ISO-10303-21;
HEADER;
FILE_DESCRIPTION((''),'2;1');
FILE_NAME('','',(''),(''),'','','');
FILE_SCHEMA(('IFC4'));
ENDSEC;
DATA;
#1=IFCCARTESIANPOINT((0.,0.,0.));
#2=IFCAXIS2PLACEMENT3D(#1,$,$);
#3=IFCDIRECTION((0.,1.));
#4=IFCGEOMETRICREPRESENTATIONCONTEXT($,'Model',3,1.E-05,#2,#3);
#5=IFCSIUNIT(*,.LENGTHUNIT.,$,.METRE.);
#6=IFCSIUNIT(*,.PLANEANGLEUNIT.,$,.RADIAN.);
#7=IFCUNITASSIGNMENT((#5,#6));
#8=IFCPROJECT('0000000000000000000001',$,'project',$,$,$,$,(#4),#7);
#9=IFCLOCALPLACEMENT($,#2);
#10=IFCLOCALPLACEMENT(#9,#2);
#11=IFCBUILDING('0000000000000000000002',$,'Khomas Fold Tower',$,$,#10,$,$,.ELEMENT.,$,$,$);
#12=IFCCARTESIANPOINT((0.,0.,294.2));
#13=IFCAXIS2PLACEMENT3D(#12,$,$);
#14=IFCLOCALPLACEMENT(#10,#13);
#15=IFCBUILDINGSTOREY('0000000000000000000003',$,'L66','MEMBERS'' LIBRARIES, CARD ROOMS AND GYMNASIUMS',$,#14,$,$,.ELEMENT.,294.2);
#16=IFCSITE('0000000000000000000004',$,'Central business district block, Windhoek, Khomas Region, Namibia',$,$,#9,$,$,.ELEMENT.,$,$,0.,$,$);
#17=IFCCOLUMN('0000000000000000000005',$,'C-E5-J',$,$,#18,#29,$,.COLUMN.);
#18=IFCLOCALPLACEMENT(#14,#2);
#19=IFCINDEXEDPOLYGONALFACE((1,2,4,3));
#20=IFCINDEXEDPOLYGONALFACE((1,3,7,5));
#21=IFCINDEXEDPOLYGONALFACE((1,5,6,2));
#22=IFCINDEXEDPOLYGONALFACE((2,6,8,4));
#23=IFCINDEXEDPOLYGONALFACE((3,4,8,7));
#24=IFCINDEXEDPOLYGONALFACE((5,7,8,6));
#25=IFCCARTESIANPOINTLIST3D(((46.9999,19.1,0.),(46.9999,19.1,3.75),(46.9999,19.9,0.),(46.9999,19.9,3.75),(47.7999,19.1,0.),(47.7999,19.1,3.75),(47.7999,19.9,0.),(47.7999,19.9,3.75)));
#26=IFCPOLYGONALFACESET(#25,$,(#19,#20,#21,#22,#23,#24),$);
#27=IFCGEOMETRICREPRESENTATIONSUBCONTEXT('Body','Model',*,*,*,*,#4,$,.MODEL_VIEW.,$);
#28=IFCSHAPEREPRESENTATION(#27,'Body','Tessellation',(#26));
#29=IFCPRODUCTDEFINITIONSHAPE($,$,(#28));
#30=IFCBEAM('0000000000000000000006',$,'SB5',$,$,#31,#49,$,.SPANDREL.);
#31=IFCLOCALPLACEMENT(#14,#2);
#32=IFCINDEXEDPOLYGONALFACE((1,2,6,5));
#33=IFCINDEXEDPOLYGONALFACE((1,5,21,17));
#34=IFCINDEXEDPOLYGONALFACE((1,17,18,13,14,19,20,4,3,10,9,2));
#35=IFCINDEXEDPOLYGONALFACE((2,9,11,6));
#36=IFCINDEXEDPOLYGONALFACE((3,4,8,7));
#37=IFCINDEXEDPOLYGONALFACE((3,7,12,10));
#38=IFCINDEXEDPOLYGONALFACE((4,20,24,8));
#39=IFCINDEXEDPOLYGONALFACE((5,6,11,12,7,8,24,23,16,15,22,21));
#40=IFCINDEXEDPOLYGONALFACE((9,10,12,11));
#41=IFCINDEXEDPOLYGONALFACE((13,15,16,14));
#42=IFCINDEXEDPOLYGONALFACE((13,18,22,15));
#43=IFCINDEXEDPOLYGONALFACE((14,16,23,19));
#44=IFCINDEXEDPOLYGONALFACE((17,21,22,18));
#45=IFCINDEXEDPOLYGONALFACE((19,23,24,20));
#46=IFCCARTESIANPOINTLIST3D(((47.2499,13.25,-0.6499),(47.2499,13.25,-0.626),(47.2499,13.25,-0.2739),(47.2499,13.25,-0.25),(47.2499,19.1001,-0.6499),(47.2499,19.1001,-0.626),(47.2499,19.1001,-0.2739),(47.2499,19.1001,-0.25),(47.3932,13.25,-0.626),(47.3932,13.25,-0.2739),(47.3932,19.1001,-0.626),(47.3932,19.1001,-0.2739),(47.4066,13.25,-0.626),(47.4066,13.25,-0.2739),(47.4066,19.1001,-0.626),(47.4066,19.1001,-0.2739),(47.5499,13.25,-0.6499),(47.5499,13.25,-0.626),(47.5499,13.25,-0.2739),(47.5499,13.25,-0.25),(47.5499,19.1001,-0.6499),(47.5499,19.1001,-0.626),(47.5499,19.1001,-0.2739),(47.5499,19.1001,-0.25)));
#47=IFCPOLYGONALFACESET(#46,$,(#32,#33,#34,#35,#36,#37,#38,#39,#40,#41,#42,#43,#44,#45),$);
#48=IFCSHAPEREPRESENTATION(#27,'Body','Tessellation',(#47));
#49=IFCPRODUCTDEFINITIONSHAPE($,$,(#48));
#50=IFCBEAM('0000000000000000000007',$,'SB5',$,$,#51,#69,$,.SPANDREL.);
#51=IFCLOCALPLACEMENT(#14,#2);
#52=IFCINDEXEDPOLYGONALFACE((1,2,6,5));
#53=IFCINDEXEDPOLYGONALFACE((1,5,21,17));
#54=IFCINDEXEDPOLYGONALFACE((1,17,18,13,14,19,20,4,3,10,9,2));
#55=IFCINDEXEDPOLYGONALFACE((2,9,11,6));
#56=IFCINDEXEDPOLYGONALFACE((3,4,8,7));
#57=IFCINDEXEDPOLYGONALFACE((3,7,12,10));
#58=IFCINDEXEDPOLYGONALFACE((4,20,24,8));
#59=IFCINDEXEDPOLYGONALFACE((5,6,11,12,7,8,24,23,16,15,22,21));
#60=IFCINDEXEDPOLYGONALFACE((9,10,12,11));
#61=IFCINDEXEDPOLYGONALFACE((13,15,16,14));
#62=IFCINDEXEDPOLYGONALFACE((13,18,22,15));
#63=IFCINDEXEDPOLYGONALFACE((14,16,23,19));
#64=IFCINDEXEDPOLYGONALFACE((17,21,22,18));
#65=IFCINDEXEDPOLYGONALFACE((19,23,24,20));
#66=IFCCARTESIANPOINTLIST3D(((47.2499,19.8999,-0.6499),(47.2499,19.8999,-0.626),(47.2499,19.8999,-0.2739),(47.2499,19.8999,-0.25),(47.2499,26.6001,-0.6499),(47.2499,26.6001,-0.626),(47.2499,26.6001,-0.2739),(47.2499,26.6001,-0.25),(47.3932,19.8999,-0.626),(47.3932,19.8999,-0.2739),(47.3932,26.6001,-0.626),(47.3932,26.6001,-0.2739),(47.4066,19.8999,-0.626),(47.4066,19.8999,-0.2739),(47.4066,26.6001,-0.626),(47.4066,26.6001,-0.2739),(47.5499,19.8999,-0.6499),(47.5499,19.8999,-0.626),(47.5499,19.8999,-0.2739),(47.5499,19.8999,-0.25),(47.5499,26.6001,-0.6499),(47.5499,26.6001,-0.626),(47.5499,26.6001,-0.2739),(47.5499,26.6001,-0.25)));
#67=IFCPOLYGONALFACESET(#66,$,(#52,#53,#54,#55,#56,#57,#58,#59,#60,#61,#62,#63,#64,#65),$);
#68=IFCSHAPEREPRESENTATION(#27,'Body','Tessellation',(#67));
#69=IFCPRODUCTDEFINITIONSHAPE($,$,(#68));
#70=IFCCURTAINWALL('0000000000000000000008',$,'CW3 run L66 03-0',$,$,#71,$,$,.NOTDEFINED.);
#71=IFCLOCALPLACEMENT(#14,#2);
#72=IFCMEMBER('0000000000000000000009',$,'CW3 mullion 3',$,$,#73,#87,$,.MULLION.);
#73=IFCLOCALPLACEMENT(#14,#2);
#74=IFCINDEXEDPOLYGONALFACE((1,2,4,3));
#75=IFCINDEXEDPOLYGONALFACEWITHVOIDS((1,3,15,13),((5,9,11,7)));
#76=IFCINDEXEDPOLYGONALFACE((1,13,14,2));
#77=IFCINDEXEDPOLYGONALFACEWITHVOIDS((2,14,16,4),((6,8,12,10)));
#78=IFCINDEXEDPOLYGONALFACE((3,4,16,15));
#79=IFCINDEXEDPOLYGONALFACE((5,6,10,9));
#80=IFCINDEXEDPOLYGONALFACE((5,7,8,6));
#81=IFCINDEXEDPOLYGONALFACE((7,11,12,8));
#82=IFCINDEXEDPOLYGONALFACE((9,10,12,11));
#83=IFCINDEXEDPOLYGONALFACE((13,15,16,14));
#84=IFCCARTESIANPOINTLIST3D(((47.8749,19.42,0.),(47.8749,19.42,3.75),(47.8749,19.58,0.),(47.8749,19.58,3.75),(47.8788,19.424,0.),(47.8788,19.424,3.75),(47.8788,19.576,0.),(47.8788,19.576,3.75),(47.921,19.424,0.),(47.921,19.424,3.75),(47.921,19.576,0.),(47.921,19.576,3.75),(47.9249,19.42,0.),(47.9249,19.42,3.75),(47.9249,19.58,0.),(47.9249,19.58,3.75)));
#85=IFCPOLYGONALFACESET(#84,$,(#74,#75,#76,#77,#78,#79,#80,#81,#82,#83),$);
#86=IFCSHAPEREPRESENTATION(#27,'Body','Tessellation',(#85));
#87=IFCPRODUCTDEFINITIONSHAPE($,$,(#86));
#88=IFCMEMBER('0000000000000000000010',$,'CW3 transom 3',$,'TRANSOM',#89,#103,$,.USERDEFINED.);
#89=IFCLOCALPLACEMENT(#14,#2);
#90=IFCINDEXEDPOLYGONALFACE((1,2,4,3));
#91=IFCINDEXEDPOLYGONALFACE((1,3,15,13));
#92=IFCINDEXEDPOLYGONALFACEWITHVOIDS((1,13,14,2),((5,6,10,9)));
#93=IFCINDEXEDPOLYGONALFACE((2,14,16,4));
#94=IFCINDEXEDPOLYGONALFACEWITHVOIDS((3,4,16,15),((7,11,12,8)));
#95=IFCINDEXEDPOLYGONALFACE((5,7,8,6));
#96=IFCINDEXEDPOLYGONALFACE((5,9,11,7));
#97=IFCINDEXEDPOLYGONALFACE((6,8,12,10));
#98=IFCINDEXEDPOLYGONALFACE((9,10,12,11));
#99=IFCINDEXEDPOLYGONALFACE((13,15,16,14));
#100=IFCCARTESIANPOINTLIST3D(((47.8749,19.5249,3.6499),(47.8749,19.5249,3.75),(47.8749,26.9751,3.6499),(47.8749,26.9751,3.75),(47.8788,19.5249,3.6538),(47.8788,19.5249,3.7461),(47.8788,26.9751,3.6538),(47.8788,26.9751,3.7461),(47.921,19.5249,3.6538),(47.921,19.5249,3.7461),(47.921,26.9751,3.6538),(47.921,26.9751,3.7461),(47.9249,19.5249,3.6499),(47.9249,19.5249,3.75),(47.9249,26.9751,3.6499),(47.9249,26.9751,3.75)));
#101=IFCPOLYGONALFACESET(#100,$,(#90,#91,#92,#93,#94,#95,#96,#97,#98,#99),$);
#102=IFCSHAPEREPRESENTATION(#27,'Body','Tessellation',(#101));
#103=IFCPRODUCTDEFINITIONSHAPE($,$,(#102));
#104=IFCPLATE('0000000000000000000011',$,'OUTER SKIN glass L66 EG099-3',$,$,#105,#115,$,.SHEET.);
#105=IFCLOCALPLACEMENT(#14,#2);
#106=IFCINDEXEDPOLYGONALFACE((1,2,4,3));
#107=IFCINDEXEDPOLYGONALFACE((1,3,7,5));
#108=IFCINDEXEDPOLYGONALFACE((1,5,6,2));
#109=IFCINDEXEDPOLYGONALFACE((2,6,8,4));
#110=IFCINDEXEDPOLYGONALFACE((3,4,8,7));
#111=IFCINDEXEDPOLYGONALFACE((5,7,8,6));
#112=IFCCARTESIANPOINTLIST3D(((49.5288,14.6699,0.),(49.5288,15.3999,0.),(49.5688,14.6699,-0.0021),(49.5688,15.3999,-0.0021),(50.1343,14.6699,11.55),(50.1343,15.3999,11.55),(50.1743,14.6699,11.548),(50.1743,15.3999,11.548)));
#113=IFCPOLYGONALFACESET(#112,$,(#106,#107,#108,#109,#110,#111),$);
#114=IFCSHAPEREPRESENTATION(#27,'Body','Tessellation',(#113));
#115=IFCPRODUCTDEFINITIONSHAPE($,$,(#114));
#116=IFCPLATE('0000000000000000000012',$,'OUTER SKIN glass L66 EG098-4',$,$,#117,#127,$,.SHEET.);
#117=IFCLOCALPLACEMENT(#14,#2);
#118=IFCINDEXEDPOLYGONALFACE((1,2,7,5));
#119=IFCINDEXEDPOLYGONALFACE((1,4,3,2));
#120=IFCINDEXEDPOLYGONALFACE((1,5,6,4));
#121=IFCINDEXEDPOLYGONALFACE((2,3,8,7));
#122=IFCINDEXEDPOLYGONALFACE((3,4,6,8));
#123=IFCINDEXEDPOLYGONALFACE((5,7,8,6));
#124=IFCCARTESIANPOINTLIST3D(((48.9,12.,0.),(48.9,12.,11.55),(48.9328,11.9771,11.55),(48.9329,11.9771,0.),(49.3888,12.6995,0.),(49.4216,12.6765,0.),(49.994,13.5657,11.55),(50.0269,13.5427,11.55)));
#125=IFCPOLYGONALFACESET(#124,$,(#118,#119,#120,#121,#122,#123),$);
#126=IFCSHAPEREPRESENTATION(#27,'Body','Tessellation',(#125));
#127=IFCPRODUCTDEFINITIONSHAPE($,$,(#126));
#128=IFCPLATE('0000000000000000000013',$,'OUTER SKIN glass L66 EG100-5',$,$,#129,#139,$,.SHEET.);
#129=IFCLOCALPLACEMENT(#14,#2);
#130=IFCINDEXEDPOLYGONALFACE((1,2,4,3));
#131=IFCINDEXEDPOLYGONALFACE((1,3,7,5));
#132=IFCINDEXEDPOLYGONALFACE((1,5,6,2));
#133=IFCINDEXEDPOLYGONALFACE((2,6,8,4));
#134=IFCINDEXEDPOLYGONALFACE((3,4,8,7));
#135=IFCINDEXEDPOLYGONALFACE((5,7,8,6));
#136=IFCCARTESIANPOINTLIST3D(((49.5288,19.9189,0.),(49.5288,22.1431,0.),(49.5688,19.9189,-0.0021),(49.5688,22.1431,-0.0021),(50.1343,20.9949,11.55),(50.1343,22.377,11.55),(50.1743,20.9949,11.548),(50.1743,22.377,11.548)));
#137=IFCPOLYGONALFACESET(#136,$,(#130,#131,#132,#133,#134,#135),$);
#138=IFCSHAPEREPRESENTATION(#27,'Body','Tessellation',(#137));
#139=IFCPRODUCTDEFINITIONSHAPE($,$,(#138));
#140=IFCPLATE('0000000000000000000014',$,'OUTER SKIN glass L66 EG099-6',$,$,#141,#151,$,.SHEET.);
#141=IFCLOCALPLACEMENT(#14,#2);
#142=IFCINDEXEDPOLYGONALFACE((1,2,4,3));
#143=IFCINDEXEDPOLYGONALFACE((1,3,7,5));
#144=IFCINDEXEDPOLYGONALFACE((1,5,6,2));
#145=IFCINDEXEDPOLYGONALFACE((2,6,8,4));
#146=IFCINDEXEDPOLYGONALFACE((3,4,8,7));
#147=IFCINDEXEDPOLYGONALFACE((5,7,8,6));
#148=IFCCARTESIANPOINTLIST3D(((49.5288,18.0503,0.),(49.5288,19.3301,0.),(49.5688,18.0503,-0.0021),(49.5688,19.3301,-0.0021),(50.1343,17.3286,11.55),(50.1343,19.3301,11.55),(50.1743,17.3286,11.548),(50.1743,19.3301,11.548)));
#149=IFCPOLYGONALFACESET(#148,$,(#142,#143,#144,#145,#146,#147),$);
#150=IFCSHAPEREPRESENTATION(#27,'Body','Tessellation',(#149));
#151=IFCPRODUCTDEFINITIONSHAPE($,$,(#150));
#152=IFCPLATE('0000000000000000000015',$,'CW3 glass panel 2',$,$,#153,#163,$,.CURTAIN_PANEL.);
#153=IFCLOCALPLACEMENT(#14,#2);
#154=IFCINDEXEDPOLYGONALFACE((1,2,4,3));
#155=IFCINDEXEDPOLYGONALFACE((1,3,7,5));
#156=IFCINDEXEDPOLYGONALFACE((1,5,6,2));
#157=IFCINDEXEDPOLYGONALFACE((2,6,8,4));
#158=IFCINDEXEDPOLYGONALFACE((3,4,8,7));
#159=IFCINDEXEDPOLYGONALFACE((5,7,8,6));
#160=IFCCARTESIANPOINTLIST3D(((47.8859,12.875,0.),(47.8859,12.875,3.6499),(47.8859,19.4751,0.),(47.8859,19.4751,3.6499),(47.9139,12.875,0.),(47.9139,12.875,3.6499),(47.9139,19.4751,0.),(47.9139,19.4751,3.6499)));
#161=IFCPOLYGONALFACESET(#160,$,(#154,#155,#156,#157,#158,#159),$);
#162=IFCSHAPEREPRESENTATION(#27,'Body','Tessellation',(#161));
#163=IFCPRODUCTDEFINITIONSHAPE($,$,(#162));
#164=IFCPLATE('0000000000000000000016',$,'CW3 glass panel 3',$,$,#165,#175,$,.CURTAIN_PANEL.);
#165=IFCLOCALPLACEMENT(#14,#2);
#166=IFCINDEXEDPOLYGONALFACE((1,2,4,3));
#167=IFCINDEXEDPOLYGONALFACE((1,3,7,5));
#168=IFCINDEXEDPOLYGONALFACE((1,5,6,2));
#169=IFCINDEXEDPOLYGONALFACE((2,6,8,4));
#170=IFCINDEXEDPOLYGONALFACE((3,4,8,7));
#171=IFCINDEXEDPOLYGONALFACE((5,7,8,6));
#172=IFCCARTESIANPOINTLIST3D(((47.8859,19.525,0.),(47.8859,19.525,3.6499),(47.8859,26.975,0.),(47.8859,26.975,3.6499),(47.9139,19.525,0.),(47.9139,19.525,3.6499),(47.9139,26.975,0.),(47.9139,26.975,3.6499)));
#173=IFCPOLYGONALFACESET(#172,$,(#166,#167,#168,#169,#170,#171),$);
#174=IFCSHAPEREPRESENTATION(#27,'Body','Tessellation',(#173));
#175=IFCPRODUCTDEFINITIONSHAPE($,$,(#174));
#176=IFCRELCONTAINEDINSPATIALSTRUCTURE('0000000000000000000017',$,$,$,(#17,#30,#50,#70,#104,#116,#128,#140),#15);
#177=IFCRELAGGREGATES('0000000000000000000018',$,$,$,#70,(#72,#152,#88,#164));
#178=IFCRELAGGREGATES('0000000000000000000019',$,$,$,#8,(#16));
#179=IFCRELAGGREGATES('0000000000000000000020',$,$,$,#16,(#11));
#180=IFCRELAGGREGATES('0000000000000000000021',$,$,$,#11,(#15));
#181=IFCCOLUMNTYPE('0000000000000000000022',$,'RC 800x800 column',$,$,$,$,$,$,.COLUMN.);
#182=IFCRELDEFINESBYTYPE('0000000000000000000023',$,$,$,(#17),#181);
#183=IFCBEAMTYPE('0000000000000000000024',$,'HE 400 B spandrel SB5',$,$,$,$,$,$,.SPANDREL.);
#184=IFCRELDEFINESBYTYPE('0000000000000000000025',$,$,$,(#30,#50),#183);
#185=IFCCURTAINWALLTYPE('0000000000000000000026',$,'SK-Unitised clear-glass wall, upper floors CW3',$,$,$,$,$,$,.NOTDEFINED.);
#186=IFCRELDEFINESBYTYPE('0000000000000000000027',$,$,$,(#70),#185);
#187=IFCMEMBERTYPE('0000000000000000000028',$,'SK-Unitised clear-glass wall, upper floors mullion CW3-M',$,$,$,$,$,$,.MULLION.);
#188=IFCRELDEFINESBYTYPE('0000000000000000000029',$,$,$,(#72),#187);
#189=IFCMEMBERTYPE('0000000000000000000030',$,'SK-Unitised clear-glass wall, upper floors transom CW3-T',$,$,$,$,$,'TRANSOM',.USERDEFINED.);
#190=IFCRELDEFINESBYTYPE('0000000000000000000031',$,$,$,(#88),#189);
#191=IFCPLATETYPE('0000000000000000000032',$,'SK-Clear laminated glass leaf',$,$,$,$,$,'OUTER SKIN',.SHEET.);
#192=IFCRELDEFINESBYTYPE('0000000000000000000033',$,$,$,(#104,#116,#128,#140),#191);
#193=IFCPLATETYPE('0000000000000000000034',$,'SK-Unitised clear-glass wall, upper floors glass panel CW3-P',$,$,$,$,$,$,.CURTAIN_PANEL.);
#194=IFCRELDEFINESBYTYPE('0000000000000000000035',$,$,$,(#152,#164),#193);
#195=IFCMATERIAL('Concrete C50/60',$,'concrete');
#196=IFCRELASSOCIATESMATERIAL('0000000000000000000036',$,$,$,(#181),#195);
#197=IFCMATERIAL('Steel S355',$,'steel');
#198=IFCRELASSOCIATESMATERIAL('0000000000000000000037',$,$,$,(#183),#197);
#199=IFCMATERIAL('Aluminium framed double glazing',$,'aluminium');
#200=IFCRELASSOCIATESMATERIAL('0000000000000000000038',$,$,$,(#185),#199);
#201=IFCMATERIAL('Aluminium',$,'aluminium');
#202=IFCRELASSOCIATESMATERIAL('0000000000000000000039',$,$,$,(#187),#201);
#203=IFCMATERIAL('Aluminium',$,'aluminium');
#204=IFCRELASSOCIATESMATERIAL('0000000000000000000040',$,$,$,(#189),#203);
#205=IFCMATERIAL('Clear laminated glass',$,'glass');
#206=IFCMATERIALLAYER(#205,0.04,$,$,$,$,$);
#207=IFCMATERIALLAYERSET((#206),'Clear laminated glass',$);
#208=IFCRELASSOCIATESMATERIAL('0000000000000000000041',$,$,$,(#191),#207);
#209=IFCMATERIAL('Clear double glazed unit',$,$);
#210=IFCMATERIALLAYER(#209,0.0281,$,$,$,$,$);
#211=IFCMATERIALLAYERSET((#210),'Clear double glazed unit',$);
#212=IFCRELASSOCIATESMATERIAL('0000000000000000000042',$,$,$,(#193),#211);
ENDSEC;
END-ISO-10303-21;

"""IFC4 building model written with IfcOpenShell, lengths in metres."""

from ifc_helpers import new_model, si_unit, direction, frame, origin, origin_2d, place, context, subcontext, project, spatial, polyline, rectangle, hollow_rectangle, i_section, outline, extrude, source, transform, mapped, material, layer, layer_set, material_profile, profile_set, type_object, element, aggregate, save


model = new_model("IFC4")

# Units and contexts
model_context = context("Model", 3, precision=1e-05, world=origin(), true_north=direction((0.0, 1.0)))
body_context = subcontext(model_context, "Body", "Model", "MODEL_VIEW")
ifc_project = project(units=[si_unit("LENGTHUNIT", "METRE"), si_unit("PLANEANGLEUNIT", "RADIAN")], contexts=[model_context])

# Site, building, storey
site_placement = place(None, origin())
site = spatial("IfcSite", under=ifc_project, at=site_placement, Name="Central business district block, Windhoek, Khomas Region, Namibia", CompositionType="ELEMENT", RefElevation=0.0)
building_placement = place(site_placement, origin())
building = spatial("IfcBuilding", under=site, at=building_placement, Name="Khomas Fold Tower", CompositionType="ELEMENT")
storey_placement = place(building_placement, frame((0.0, 0.0, 294.2)))
storey = spatial("IfcBuildingStorey", under=building, at=storey_placement, Name="L66", Description="MEMBERS' LIBRARIES, CARD ROOMS AND GYMNASIUMS", CompositionType="ELEMENT", Elevation=294.2)

# Column
ifc_material_1 = material(Name="Concrete C50/60", Category="concrete")
ifc_material_profile_1 = material_profile(ifc_material_1, rectangle(XDim=0.8, YDim=0.8, at=origin_2d()), Name="RC 800x800")
ifc_profile_set_1 = profile_set([ifc_material_profile_1], Name="Concrete C50/60")
column_type = type_object("IfcColumnType", Name="RC 800x800 column", PredefinedType="COLUMN", material=ifc_profile_set_1)
shared_shape_1 = source(origin(), body_context, "Body", "SweptSolid", [
    extrude(rectangle(XDim=0.8, YDim=0.8, at=origin_2d()), origin(), (0.0, 0.0, 1.0), 3.75),
])
column_placement = place(storey_placement, frame((47.3999, 19.5, 0.0), z_axis=(0.0, 0.0, 1.0), x_axis=(1.0, 0.0, 0.0)))
element("IfcColumn", 1, at=column_placement, inside=storey, type_object=column_type, Name="C-E5-J", PredefinedType="COLUMN", context=body_context, shape_type="MappedRepresentation", body=[
    mapped(shared_shape_1, transform((0.0, 0.0, 0.0))),
])

# Beams
ifc_material_2 = material(Name="Steel S355", Category="steel")
ifc_material_profile_2 = material_profile(ifc_material_2, i_section(OverallWidth=0.3, OverallDepth=0.3999, WebThickness=0.0134, FlangeThickness=0.0239, at=origin_2d()), Name="HE 400 B")
ifc_profile_set_2 = profile_set([ifc_material_profile_2], Name="Steel S355")
beam_type = type_object("IfcBeamType", Name="HE 400 B spandrel SB5", PredefinedType="SPANDREL", material=ifc_profile_set_2)
shared_shape_2 = source(origin(), body_context, "Body", "SweptSolid", [
    extrude(i_section(OverallWidth=0.3, OverallDepth=0.3999, WebThickness=0.0134, FlangeThickness=0.0239, at=origin_2d()), origin(), (0.0, 0.0, 1.0), 5.8501),
])
beam_1_placement = place(storey_placement, frame((47.3999, 13.25, -0.45), z_axis=(0.0, 1.0, 0.0), x_axis=(-1.0, 0.0, 0.0)))
element("IfcBeam", 2, at=beam_1_placement, inside=storey, type_object=beam_type, Name="SB5", PredefinedType="SPANDREL", context=body_context, shape_type="MappedRepresentation", body=[
    mapped(shared_shape_2, transform((0.0, 0.0, 0.0))),
])
shared_shape_3 = source(origin(), body_context, "Body", "SweptSolid", [
    extrude(i_section(OverallWidth=0.3, OverallDepth=0.3999, WebThickness=0.0134, FlangeThickness=0.0239, at=origin_2d()), origin(), (0.0, 0.0, 1.0), 6.7002),
])
beam_2_placement = place(storey_placement, frame((47.3999, 19.8999, -0.45), z_axis=(0.0, 1.0, 0.0), x_axis=(-1.0, 0.0, 0.0)))
element("IfcBeam", 3, at=beam_2_placement, inside=storey, type_object=beam_type, Name="SB5", PredefinedType="SPANDREL", context=body_context, shape_type="MappedRepresentation", body=[
    mapped(shared_shape_3, transform((0.0, 0.0, 0.0))),
])

# Curtain wall, members
ifc_material_3 = material(Name="Aluminium framed double glazing", Category="aluminium")
curtain_wall_type = type_object("IfcCurtainWallType", Name="SK-Unitised clear-glass wall, upper floors CW3", PredefinedType="NOTDEFINED", material=ifc_material_3)
curtain_wall_placement = place(storey_placement, origin())
curtain_wall = element("IfcCurtainWall", 4, at=curtain_wall_placement, inside=storey, type_object=curtain_wall_type, Name="CW3 run L66 03-0", PredefinedType="NOTDEFINED")
ifc_material_4 = material(Name="Aluminium", Category="aluminium")
ifc_material_profile_3 = material_profile(ifc_material_4, hollow_rectangle(XDim=0.05, YDim=0.1599, WallThickness=0.0039, at=origin_2d()), Name="SK-Unitised clear-glass wall, upper floors mullion CW3-M")
ifc_profile_set_3 = profile_set([ifc_material_profile_3], Name="Aluminium")
member_type_1 = type_object("IfcMemberType", Name="SK-Unitised clear-glass wall, upper floors mullion CW3-M", PredefinedType="MULLION", material=ifc_profile_set_3)
shared_shape_4 = source(origin(), body_context, "Body", "SweptSolid", [
    extrude(hollow_rectangle(XDim=0.05, YDim=0.1599, WallThickness=0.0039, at=origin_2d()), origin(), (0.0, 0.0, 1.0), 3.75),
])
member_1_placement = place(storey_placement, frame((47.8999, 19.5, 0.0), z_axis=(0.0, 0.0, 1.0), x_axis=(-1.0, 0.0, 0.0)))
member_1 = element("IfcMember", 5, at=member_1_placement, type_object=member_type_1, Name="CW3 mullion 3", PredefinedType="MULLION", context=body_context, shape_type="MappedRepresentation", body=[
    mapped(shared_shape_4, transform((0.0, 0.0, 0.0))),
])
ifc_material_5 = material(Name="Aluminium", Category="aluminium")
ifc_material_profile_4 = material_profile(ifc_material_5, hollow_rectangle(XDim=0.05, YDim=0.1001, WallThickness=0.0039, at=origin_2d()), Name="SK-Unitised clear-glass wall, upper floors transom CW3-T")
ifc_profile_set_4 = profile_set([ifc_material_profile_4], Name="Aluminium")
member_type_2 = type_object("IfcMemberType", Name="SK-Unitised clear-glass wall, upper floors transom CW3-T", ElementType="TRANSOM", PredefinedType="USERDEFINED", material=ifc_profile_set_4)
shared_shape_5 = source(origin(), body_context, "Body", "SweptSolid", [
    extrude(hollow_rectangle(XDim=0.05, YDim=0.1001, WallThickness=0.0039, at=origin_2d()), origin(), (0.0, 0.0, 1.0), 7.4502),
])
member_2_placement = place(storey_placement, frame((47.8999, 19.5249, 3.7), z_axis=(0.0, 1.0, 0.0), x_axis=(-1.0, 0.0, 0.0)))
member_2 = element("IfcMember", 6, at=member_2_placement, type_object=member_type_2, Name="CW3 transom 3", ObjectType="TRANSOM", PredefinedType="USERDEFINED", context=body_context, shape_type="MappedRepresentation", body=[
    mapped(shared_shape_5, transform((0.0, 0.0, 0.0))),
])

# Plates
ifc_material_6 = material(Name="Clear laminated glass", Category="glass")
ifc_layer_1 = layer(ifc_material_6, 0.04)
ifc_layer_set_1 = layer_set([ifc_layer_1], Name="Clear laminated glass")
plate_type_1 = type_object("IfcPlateType", Name="SK-Clear laminated glass leaf", ElementType="OUTER SKIN", PredefinedType="SHEET", material=ifc_layer_set_1)
plate_1_placement = place(storey_placement, frame((49.5288, 15.3999, 0.0), z_axis=(-0.998629, 0.0, 0.052349), x_axis=(0.0, -1.0, 0.0)))
element("IfcPlate", 7, at=plate_1_placement, inside=storey, type_object=plate_type_1, Name="OUTER SKIN glass L66 EG099-3", PredefinedType="SHEET", context=body_context, shape_type="SweptSolid", body=[
    extrude(outline(polyline([(0.0, 0.0), (0.73, 0.0), (0.73, 11.5659), (0.0, 11.5659), (0.0, 0.0)])), origin(), (0.0, 0.0, -1.0), 0.04),
])
plate_2_placement = place(storey_placement, frame((50.0269, 13.5427, 11.55), z_axis=(0.819713, -0.572774, 0.000001), x_axis=(-0.052183, -0.074684, -0.995841)))
element("IfcPlate", 8, at=plate_2_placement, inside=storey, type_object=plate_type_1, Name="OUTER SKIN glass L66 EG098-4", PredefinedType="SHEET", context=body_context, shape_type="SweptSolid", body=[
    extrude(outline(polyline([(0.0, 0.0), (11.5983, 0.0), (11.676, -0.8498), (0.174, -1.9021), (0.0, 0.0)])), origin(), (0.0, 0.0, -1.0), 0.04),
])
plate_3_placement = place(storey_placement, frame((49.5288, 22.1431, 0.0), z_axis=(-0.998629, 0.0, 0.052349), x_axis=(0.0, -1.0, 0.0)))
element("IfcPlate", 9, at=plate_3_placement, inside=storey, type_object=plate_type_1, Name="OUTER SKIN glass L66 EG100-5", PredefinedType="SHEET", context=body_context, shape_type="SweptSolid", body=[
    extrude(outline(polyline([(0.0, 0.0), (2.2241, 0.0), (1.1482, 11.5659), (-0.2339, 11.5659), (0.0, 0.0)])), origin(), (0.0, 0.0, -1.0), 0.04),
])
plate_4_placement = place(storey_placement, frame((49.5288, 18.0503, 0.0), z_axis=(-0.998629, 0.0, 0.052349), x_axis=(0.052248, -0.062276, 0.99669)))
element("IfcPlate", 10, at=plate_4_placement, inside=storey, type_object=plate_type_1, Name="OUTER SKIN glass L66 EG099-6", PredefinedType="SHEET", context=body_context, shape_type="SweptSolid", body=[
    extrude(outline(polyline([(0.0, 0.0), (11.5884, 0.0), (11.4638, 1.9976), (-0.0797, 1.2773), (0.0, 0.0)])), origin(), (0.0, 0.0, -1.0), 0.04),
])

# Plates
ifc_material_7 = material(Name="Clear double glazed unit")
ifc_layer_2 = layer(ifc_material_7, 0.0281)
ifc_layer_set_2 = layer_set([ifc_layer_2], Name="Clear double glazed unit")
plate_type_2 = type_object("IfcPlateType", Name="SK-Unitised clear-glass wall, upper floors glass panel CW3-P", PredefinedType="CURTAIN_PANEL", material=ifc_layer_set_2)
shared_shape_6 = source(origin(), body_context, "Body", "SweptSolid", [
    extrude(rectangle(XDim=6.6001, YDim=0.0281, at=origin_2d()), origin(), (0.0, 0.0, 1.0), 3.6499),
])
plate_5_placement = place(storey_placement, frame((47.8999, 16.175, 0.0), z_axis=(0.0, 0.0, 1.0), x_axis=(0.0, 1.0, 0.0)))
plate_5 = element("IfcPlate", 11, at=plate_5_placement, type_object=plate_type_2, Name="CW3 glass panel 2", PredefinedType="CURTAIN_PANEL", context=body_context, shape_type="MappedRepresentation", body=[
    mapped(shared_shape_6, transform((0.0, 0.0, 0.0))),
])
shared_shape_7 = source(origin(), body_context, "Body", "SweptSolid", [
    extrude(rectangle(XDim=7.45, YDim=0.0281, at=origin_2d()), origin(), (0.0, 0.0, 1.0), 3.6499),
])
plate_6_placement = place(storey_placement, frame((47.8999, 23.25, 0.0), z_axis=(0.0, 0.0, 1.0), x_axis=(0.0, 1.0, 0.0)))
plate_6 = element("IfcPlate", 12, at=plate_6_placement, type_object=plate_type_2, Name="CW3 glass panel 3", PredefinedType="CURTAIN_PANEL", context=body_context, shape_type="MappedRepresentation", body=[
    mapped(shared_shape_7, transform((0.0, 0.0, 0.0))),
])
aggregate(curtain_wall, [member_1, plate_5, member_2, plate_6])

save(model, "model.ifc")
